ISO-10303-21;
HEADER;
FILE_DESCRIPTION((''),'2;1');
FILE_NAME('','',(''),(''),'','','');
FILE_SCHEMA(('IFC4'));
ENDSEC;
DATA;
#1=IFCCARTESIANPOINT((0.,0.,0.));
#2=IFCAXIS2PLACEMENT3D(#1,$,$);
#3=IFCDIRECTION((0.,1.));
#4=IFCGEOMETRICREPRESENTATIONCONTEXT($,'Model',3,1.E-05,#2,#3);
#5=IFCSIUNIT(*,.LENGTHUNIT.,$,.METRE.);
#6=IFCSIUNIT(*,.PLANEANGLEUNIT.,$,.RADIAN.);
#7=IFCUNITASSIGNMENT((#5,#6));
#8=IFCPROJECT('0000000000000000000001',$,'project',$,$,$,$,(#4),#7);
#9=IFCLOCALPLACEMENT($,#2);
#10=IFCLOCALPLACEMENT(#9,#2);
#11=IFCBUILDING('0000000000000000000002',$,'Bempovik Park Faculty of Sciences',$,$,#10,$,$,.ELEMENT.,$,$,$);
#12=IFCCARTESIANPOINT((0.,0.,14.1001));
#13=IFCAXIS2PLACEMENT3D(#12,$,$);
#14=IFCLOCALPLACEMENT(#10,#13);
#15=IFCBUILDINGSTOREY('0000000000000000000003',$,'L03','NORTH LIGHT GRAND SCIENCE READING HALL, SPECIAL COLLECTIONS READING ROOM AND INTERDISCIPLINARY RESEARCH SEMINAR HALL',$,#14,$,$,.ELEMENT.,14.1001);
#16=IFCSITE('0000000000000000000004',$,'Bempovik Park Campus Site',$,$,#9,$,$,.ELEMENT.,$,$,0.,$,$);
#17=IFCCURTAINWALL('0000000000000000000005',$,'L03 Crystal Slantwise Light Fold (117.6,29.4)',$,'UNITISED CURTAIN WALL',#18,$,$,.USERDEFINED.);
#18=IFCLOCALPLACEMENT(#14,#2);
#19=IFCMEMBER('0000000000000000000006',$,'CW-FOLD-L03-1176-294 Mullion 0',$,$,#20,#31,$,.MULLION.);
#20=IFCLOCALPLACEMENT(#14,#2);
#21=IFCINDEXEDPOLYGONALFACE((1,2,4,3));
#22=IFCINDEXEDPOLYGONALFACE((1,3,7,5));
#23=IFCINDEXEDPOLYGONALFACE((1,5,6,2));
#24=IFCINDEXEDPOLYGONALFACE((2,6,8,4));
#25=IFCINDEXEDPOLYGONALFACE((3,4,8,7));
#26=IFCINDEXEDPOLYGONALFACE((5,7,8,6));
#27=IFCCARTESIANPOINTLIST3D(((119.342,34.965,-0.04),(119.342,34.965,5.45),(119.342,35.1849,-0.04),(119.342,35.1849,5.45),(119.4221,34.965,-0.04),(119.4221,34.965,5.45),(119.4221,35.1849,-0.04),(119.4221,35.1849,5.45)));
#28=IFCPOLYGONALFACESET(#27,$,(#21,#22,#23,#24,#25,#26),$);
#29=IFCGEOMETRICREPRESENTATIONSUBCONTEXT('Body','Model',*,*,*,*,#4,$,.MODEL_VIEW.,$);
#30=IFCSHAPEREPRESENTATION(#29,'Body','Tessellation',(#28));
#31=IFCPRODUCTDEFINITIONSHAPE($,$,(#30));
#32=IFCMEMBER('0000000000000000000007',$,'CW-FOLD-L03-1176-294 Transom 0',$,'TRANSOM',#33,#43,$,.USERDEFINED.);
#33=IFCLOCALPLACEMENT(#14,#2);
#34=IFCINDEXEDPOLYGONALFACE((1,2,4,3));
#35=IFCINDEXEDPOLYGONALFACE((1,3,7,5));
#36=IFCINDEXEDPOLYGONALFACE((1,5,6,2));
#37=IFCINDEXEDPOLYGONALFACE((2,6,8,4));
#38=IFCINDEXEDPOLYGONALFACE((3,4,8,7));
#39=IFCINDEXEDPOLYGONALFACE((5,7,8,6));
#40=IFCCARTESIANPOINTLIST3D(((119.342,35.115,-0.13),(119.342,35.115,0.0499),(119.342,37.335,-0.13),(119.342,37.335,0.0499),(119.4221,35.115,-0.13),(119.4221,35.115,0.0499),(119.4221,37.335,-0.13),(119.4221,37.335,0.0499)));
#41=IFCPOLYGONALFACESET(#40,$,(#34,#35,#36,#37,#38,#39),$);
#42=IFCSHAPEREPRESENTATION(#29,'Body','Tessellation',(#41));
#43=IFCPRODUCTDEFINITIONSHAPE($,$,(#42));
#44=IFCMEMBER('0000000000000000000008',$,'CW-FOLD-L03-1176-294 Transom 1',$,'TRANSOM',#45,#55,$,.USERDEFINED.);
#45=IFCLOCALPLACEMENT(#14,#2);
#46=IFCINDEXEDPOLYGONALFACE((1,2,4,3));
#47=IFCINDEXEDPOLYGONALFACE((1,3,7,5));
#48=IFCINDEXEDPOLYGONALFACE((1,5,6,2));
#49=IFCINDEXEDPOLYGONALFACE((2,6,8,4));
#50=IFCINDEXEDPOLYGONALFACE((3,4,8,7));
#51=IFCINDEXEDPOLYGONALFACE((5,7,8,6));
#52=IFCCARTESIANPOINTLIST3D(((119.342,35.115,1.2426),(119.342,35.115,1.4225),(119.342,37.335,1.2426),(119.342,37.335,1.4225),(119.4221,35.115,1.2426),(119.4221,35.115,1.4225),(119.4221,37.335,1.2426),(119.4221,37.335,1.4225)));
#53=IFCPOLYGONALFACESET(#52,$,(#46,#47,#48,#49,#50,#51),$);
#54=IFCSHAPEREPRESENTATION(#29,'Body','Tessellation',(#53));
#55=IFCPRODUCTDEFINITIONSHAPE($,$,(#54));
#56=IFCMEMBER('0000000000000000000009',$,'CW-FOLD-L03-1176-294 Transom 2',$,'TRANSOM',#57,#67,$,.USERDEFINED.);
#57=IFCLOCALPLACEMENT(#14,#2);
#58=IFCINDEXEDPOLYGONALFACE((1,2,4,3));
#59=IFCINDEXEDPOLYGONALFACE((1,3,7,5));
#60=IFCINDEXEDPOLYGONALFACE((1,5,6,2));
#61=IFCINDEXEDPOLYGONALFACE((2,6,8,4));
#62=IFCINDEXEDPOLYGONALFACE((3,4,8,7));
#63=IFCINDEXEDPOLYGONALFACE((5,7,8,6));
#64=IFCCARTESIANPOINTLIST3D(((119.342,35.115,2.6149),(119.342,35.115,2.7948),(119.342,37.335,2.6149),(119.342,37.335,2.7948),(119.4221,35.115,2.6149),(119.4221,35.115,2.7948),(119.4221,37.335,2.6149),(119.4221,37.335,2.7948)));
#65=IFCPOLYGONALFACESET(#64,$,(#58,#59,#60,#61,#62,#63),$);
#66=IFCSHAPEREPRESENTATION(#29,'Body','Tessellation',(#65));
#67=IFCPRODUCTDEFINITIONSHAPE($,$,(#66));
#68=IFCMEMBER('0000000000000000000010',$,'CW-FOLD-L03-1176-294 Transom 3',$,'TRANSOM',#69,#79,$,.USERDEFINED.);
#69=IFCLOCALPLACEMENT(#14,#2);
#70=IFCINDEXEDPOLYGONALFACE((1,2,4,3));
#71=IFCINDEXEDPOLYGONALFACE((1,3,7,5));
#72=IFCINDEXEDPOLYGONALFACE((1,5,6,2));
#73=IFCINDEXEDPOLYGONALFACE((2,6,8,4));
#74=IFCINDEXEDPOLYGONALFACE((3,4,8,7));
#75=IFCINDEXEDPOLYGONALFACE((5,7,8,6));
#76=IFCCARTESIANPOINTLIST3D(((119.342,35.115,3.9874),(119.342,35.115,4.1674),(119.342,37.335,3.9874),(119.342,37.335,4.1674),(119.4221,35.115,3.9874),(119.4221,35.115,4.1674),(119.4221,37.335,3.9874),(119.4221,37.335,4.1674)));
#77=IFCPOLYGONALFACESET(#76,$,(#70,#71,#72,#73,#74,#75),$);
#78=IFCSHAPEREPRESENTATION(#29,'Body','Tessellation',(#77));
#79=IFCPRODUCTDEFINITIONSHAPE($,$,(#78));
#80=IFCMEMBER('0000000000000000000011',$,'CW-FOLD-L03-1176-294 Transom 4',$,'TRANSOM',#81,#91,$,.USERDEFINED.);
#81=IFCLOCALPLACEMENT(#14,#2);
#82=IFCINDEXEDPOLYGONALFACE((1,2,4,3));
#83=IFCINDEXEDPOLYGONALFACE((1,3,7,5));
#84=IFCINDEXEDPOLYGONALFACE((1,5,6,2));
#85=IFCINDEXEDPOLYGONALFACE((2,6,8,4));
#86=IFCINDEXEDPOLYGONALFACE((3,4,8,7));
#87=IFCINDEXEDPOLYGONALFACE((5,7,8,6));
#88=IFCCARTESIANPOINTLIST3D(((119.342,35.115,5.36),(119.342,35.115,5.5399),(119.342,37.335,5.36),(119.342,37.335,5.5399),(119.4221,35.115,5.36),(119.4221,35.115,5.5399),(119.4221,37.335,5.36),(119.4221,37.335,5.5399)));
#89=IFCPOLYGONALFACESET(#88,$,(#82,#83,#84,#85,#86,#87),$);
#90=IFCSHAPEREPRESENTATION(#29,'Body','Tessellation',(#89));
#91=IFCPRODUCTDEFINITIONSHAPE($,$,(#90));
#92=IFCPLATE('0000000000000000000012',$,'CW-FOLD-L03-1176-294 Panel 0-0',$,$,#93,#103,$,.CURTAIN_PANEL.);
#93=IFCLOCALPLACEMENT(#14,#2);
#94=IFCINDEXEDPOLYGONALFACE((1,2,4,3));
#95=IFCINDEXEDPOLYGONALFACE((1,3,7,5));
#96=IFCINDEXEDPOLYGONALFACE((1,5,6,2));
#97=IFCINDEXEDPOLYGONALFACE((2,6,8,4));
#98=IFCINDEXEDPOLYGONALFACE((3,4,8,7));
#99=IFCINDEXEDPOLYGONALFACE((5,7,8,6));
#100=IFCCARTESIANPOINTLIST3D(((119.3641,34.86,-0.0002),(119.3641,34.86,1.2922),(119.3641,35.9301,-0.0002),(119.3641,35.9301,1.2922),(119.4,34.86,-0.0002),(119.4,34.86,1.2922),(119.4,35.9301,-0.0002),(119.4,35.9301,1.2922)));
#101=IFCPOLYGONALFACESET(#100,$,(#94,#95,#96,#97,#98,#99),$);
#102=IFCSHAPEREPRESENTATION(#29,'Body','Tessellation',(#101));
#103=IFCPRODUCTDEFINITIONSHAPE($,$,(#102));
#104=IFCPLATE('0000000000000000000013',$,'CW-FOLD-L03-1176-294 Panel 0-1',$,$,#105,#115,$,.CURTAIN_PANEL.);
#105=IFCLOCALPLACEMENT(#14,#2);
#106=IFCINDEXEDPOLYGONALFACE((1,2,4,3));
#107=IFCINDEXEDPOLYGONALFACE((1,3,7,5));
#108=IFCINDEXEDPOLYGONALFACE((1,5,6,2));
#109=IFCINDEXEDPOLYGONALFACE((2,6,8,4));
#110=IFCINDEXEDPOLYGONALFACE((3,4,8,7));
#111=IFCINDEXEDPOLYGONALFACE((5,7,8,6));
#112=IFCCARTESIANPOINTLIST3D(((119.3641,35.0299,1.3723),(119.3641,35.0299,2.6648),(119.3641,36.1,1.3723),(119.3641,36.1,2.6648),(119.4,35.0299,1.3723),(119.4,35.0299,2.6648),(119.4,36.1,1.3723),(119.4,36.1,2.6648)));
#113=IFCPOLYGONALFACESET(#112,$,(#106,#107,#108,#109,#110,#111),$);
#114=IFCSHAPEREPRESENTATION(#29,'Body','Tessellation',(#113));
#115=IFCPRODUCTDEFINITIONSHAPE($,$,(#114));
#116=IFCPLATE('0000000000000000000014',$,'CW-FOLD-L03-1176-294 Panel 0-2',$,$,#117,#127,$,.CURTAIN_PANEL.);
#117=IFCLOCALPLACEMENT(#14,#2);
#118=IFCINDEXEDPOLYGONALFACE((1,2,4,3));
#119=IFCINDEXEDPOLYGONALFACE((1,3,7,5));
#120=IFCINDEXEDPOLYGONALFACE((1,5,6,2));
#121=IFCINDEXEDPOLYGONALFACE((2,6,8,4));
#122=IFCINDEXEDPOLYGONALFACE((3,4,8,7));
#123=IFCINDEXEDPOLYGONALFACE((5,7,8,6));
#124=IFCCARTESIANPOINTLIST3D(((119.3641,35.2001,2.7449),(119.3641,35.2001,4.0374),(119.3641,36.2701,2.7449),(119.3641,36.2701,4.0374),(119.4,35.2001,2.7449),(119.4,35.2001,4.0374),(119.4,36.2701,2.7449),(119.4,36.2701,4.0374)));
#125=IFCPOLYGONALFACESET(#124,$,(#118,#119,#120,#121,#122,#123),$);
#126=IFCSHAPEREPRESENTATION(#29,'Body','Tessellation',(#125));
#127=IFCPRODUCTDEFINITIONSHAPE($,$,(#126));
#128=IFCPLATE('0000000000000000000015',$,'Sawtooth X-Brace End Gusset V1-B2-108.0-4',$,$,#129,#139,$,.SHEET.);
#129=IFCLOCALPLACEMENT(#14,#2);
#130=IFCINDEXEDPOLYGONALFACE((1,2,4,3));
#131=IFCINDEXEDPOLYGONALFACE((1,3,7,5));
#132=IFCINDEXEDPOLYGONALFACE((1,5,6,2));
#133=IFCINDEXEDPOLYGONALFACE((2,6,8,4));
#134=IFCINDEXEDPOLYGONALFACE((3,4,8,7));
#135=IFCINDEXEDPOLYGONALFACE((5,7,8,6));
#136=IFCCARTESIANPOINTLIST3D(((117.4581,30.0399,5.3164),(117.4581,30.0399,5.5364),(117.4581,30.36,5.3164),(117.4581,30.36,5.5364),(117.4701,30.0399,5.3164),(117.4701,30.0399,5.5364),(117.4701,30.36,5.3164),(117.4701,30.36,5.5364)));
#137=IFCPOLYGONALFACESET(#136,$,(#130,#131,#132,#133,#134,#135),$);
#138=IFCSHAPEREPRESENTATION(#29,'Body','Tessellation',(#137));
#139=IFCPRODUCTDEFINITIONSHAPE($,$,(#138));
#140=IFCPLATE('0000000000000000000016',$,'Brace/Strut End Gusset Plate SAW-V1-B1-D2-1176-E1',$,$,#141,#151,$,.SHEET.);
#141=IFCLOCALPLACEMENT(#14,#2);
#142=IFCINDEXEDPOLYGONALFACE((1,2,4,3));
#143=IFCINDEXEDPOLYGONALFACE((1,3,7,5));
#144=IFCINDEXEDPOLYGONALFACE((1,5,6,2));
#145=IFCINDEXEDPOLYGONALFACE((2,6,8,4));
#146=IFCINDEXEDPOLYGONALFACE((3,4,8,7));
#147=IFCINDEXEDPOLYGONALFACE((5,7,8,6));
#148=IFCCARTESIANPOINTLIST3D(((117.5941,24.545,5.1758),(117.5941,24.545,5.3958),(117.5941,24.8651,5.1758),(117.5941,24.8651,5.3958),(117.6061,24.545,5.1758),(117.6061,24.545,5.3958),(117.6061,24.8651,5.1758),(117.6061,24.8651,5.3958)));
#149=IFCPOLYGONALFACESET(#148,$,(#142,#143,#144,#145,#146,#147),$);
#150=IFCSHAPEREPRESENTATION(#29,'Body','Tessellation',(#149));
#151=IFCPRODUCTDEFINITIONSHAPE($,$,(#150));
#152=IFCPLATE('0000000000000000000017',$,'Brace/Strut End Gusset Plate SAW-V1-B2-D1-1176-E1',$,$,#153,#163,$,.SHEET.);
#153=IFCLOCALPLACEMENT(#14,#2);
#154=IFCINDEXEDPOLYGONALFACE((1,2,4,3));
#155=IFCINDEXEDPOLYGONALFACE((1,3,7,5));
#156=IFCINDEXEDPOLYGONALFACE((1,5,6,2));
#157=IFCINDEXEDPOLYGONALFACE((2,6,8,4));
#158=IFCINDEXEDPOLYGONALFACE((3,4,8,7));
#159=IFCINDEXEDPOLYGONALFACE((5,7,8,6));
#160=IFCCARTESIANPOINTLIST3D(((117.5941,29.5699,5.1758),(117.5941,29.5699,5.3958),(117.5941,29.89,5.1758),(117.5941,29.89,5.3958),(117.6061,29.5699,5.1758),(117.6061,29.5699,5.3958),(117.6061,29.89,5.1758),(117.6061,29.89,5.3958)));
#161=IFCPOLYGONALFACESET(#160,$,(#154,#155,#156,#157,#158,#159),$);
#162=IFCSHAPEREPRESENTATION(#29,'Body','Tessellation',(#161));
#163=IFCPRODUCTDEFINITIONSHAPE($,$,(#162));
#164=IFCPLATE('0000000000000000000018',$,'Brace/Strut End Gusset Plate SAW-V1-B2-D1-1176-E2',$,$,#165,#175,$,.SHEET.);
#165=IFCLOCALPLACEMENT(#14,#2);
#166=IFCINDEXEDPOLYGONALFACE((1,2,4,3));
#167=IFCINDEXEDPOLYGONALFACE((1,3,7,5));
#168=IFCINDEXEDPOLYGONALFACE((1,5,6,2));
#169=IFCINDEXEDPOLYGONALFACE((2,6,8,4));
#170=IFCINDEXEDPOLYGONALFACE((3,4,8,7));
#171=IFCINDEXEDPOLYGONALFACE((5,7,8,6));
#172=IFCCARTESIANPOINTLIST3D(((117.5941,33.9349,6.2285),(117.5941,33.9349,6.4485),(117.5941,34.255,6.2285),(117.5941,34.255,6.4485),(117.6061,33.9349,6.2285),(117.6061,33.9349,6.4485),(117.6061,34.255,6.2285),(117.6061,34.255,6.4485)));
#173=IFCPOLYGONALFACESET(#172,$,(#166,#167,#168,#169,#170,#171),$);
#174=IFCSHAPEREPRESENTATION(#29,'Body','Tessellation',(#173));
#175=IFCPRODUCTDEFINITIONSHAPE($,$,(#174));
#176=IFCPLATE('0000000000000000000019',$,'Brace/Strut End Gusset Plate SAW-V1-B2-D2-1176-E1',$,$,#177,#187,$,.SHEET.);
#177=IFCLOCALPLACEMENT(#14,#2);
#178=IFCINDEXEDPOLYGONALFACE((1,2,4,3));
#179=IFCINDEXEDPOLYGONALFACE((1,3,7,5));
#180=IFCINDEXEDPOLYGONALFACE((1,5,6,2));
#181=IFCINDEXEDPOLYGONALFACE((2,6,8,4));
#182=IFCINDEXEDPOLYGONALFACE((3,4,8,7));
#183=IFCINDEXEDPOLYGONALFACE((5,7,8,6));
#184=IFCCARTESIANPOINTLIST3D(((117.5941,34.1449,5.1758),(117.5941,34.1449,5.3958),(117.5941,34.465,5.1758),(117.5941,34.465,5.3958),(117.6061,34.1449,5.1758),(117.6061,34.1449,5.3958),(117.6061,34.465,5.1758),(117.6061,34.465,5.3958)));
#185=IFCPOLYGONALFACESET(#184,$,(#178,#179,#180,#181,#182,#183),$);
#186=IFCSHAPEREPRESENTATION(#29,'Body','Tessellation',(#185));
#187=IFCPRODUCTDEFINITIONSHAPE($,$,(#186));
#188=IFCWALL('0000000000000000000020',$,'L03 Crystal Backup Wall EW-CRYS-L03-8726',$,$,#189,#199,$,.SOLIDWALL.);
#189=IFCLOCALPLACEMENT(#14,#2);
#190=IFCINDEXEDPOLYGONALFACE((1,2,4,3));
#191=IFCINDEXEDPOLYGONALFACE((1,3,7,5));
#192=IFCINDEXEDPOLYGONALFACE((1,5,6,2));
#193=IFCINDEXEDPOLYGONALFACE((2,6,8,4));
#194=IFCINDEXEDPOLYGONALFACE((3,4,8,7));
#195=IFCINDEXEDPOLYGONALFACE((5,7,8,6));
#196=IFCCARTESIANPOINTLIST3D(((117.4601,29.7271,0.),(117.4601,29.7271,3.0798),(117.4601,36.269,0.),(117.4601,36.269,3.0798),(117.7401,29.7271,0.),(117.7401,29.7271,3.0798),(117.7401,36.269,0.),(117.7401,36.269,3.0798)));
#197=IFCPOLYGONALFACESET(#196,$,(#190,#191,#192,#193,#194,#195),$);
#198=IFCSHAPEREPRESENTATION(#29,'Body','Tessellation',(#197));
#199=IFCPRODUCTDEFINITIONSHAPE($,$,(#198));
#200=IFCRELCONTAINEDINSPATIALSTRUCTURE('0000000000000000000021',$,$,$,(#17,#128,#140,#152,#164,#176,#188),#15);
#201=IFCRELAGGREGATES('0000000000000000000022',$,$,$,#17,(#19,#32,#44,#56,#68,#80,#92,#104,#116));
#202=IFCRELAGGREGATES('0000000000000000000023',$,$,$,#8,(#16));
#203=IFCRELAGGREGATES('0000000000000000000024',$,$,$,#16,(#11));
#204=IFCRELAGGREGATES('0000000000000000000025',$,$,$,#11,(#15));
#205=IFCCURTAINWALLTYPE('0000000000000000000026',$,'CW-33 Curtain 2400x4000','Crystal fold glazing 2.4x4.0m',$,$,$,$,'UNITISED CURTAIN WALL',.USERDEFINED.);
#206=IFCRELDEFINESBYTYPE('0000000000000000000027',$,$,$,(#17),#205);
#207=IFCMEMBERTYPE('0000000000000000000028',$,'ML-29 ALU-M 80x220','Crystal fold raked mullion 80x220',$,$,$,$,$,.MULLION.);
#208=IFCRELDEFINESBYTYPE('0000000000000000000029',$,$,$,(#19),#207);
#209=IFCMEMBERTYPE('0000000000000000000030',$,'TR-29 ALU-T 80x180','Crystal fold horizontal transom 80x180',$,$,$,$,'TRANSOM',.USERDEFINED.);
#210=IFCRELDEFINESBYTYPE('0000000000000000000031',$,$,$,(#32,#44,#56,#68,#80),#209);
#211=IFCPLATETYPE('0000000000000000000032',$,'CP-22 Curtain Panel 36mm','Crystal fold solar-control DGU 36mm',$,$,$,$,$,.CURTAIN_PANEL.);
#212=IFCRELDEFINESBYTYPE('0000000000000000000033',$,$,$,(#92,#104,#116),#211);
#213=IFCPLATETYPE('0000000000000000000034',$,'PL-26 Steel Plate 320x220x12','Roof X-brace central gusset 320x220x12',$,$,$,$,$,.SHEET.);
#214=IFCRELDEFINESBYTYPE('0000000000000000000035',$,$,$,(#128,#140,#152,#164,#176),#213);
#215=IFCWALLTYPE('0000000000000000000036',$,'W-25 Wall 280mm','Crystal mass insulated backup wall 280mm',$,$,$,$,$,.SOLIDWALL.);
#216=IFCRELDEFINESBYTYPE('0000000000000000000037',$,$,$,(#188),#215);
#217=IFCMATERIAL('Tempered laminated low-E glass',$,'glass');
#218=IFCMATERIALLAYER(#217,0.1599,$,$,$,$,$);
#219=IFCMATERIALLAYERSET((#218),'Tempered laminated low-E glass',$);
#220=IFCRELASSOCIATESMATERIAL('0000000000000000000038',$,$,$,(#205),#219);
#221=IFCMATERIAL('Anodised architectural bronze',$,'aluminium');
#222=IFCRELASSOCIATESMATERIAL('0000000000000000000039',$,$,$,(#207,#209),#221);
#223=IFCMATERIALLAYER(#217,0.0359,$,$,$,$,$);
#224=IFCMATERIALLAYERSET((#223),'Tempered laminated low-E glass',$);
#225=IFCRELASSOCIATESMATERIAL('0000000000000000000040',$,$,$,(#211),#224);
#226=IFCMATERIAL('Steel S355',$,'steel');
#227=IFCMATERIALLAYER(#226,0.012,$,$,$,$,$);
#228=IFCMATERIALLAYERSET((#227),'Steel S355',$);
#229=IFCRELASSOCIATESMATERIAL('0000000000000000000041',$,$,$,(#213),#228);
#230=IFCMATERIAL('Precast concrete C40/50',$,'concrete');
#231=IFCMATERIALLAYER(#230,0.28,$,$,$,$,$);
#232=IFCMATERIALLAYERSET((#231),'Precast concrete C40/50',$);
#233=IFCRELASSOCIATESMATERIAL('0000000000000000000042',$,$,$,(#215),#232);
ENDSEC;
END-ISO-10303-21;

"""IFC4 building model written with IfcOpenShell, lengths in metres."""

from ifc_helpers import new_model, si_unit, direction, frame, frame_2d, origin, origin_2d, place, context, subcontext, project, spatial, rectangle, extrude, material, layer, layer_set, material_profile, profile_set, type_object, element, aggregate, save


model = new_model("IFC4")

# Units and contexts
model_context = context("Model", 3, precision=1e-05, world=origin(), true_north=direction((0.0, 1.0)))
body_context = subcontext(model_context, "Body", "Model", "MODEL_VIEW")
ifc_project = project(units=[si_unit("LENGTHUNIT", "METRE"), si_unit("PLANEANGLEUNIT", "RADIAN")], contexts=[model_context])

# Site, building, storey
site_placement = place(None, origin())
site = spatial("IfcSite", under=ifc_project, at=site_placement, Name="Bempovik Park Campus Site", CompositionType="ELEMENT", RefElevation=0.0)
building_placement = place(site_placement, origin())
building = spatial("IfcBuilding", under=site, at=building_placement, Name="Bempovik Park Faculty of Sciences", CompositionType="ELEMENT")
storey_placement = place(building_placement, frame((0.0, 0.0, 14.1001)))
storey = spatial("IfcBuildingStorey", under=building, at=storey_placement, Name="L03", Description="NORTH LIGHT GRAND SCIENCE READING HALL, SPECIAL COLLECTIONS READING ROOM AND INTERDISCIPLINARY RESEARCH SEMINAR HALL", CompositionType="ELEMENT", Elevation=14.1001)

# Shared definitions
ifc_material_1 = material(Name="Steel S355", Category="steel")

# Curtain wall, members, plates
ifc_material_2 = material(Name="Tempered laminated low-E glass", Category="glass")
ifc_layer_1 = layer(ifc_material_2, 0.1599)
ifc_layer_set_1 = layer_set([ifc_layer_1], Name="Tempered laminated low-E glass")
curtain_wall_type = type_object("IfcCurtainWallType", Name="CW-33 Curtain 2400x4000", Description="Crystal fold glazing 2.4x4.0m", ElementType="UNITISED CURTAIN WALL", PredefinedType="USERDEFINED", material=ifc_layer_set_1)
curtain_wall_placement = place(storey_placement, origin())
curtain_wall = element("IfcCurtainWall", 1, at=curtain_wall_placement, inside=storey, type_object=curtain_wall_type, Name="L03 Crystal Slantwise Light Fold (117.6,29.4)", ObjectType="UNITISED CURTAIN WALL", PredefinedType="USERDEFINED")
ifc_material_3 = material(Name="Anodised architectural bronze", Category="aluminium")
ifc_material_profile_1 = material_profile(ifc_material_3, rectangle(XDim=0.0801, YDim=0.22, at=origin_2d()), Name="ALU-M 80x220")
ifc_profile_set_1 = profile_set([ifc_material_profile_1], Name="Anodised architectural bronze")
member_type_1 = type_object("IfcMemberType", Name="ML-29 ALU-M 80x220", Description="Crystal fold raked mullion 80x220", PredefinedType="MULLION", material=ifc_profile_set_1)
member_1_placement = place(storey_placement, frame((119.3821, 35.075, -0.04), z_axis=(0.0, 0.0, 1.0), x_axis=(1.0, 0.0, 0.0)))
member_1 = element("IfcMember", 2, at=member_1_placement, type_object=member_type_1, Name="CW-FOLD-L03-1176-294 Mullion 0", PredefinedType="MULLION", context=body_context, shape_type="SweptSolid", body=[
    extrude(rectangle(XDim=0.0801, YDim=0.22, at=origin_2d()), origin(), (0.0, 0.0, 1.0), 5.49),
])
ifc_material_profile_2 = material_profile(ifc_material_3, rectangle(XDim=0.0801, YDim=0.1799, at=origin_2d()), Name="ALU-T 80x180")
ifc_profile_set_2 = profile_set([ifc_material_profile_2], Name="Anodised architectural bronze")
member_type_2 = type_object("IfcMemberType", Name="TR-29 ALU-T 80x180", Description="Crystal fold horizontal transom 80x180", ElementType="TRANSOM", PredefinedType="USERDEFINED", material=ifc_profile_set_2)
member_2_placement = place(storey_placement, frame((119.3821, 35.115, -0.04), z_axis=(0.0, 1.0, 0.0), x_axis=(-1.0, 0.0, 0.0)))
member_2 = element("IfcMember", 3, at=member_2_placement, type_object=member_type_2, Name="CW-FOLD-L03-1176-294 Transom 0", ObjectType="TRANSOM", PredefinedType="USERDEFINED", context=body_context, shape_type="SweptSolid", body=[
    extrude(rectangle(XDim=0.0801, YDim=0.1799, at=origin_2d()), origin(), (0.0, 0.0, 1.0), 2.22),
])
member_3_placement = place(storey_placement, frame((119.3821, 35.115, 1.3325), z_axis=(0.0, 1.0, 0.0), x_axis=(-1.0, 0.0, 0.0)))
member_3 = element("IfcMember", 4, at=member_3_placement, type_object=member_type_2, Name="CW-FOLD-L03-1176-294 Transom 1", ObjectType="TRANSOM", PredefinedType="USERDEFINED", context=body_context, shape_type="SweptSolid", body=[
    extrude(rectangle(XDim=0.0801, YDim=0.1799, at=origin_2d()), origin(), (0.0, 0.0, 1.0), 2.22),
])
member_4_placement = place(storey_placement, frame((119.3821, 35.115, 2.7048), z_axis=(0.0, 1.0, 0.0), x_axis=(-1.0, 0.0, 0.0)))
member_4 = element("IfcMember", 5, at=member_4_placement, type_object=member_type_2, Name="CW-FOLD-L03-1176-294 Transom 2", ObjectType="TRANSOM", PredefinedType="USERDEFINED", context=body_context, shape_type="SweptSolid", body=[
    extrude(rectangle(XDim=0.0801, YDim=0.1799, at=origin_2d()), origin(), (0.0, 0.0, 1.0), 2.22),
])
member_5_placement = place(storey_placement, frame((119.3821, 35.115, 4.0774), z_axis=(0.0, 1.0, 0.0), x_axis=(-1.0, 0.0, 0.0)))
member_5 = element("IfcMember", 6, at=member_5_placement, type_object=member_type_2, Name="CW-FOLD-L03-1176-294 Transom 3", ObjectType="TRANSOM", PredefinedType="USERDEFINED", context=body_context, shape_type="SweptSolid", body=[
    extrude(rectangle(XDim=0.0801, YDim=0.1799, at=origin_2d()), origin(), (0.0, 0.0, 1.0), 2.22),
])
member_6_placement = place(storey_placement, frame((119.3821, 35.115, 5.45), z_axis=(0.0, 1.0, 0.0), x_axis=(-1.0, 0.0, 0.0)))
member_6 = element("IfcMember", 7, at=member_6_placement, type_object=member_type_2, Name="CW-FOLD-L03-1176-294 Transom 4", ObjectType="TRANSOM", PredefinedType="USERDEFINED", context=body_context, shape_type="SweptSolid", body=[
    extrude(rectangle(XDim=0.0801, YDim=0.1799, at=origin_2d()), origin(), (0.0, 0.0, 1.0), 2.22),
])
ifc_layer_2 = layer(ifc_material_2, 0.0359)
ifc_layer_set_2 = layer_set([ifc_layer_2], Name="Tempered laminated low-E glass")
plate_type_1 = type_object("IfcPlateType", Name="CP-22 Curtain Panel 36mm", Description="Crystal fold solar-control DGU 36mm", PredefinedType="CURTAIN_PANEL", material=ifc_layer_set_2)
plate_1_placement = place(storey_placement, frame((119.3821, 35.395, -0.0002), z_axis=(0.0, 0.0, 1.0), x_axis=(0.0, 1.0, 0.0)))
plate_1 = element("IfcPlate", 8, at=plate_1_placement, type_object=plate_type_1, Name="CW-FOLD-L03-1176-294 Panel 0-0", PredefinedType="CURTAIN_PANEL", context=body_context, shape_type="SweptSolid", body=[
    extrude(rectangle(XDim=1.0701, YDim=0.0359, at=origin_2d()), origin(), (0.0, 0.0, 1.0), 1.2925),
])
plate_2_placement = place(storey_placement, frame((119.3821, 35.5649, 1.3723), z_axis=(0.0, 0.0, 1.0), x_axis=(0.0, 1.0, 0.0)))
plate_2 = element("IfcPlate", 9, at=plate_2_placement, type_object=plate_type_1, Name="CW-FOLD-L03-1176-294 Panel 0-1", PredefinedType="CURTAIN_PANEL", context=body_context, shape_type="SweptSolid", body=[
    extrude(rectangle(XDim=1.0701, YDim=0.0359, at=origin_2d()), origin(), (0.0, 0.0, 1.0), 1.2925),
])
plate_3_placement = place(storey_placement, frame((119.3821, 35.7351, 2.7449), z_axis=(0.0, 0.0, 1.0), x_axis=(0.0, 1.0, 0.0)))
plate_3 = element("IfcPlate", 10, at=plate_3_placement, type_object=plate_type_1, Name="CW-FOLD-L03-1176-294 Panel 0-2", PredefinedType="CURTAIN_PANEL", context=body_context, shape_type="SweptSolid", body=[
    extrude(rectangle(XDim=1.0701, YDim=0.0359, at=origin_2d()), origin(), (0.0, 0.0, 1.0), 1.2925),
])
aggregate(curtain_wall, [member_1, member_2, member_3, member_4, member_5, member_6, plate_1, plate_2, plate_3])

# Plates
ifc_layer_3 = layer(ifc_material_1, 0.012)
ifc_layer_set_3 = layer_set([ifc_layer_3], Name="Steel S355")
plate_type_2 = type_object("IfcPlateType", Name="PL-26 Steel Plate 320x220x12", Description="Roof X-brace central gusset 320x220x12", PredefinedType="SHEET", material=ifc_layer_set_3)
for number, where, z_axis, x_axis, name in (
    (11, (117.4641, 30.2, 5.3164), (0.0, 0.0, 1.0), (1.0, 0.0, 0.0), "Sawtooth X-Brace End Gusset V1-B2-108.0-4"),
    (12, (117.6001, 24.7051, 5.1758), (0.0, 0.0, 1.0), (1.0, 0.0, 0.0), "Brace/Strut End Gusset Plate SAW-V1-B1-D2-1176-E1"),
    (13, (117.6001, 29.73, 5.1758), (0.0, 0.0, 1.0), (1.0, 0.0, 0.0), "Brace/Strut End Gusset Plate SAW-V1-B2-D1-1176-E1"),
    (14, (117.6001, 34.095, 6.2285), (0.0, 0.0, 1.0), (1.0, 0.0, 0.0), "Brace/Strut End Gusset Plate SAW-V1-B2-D1-1176-E2"),
    (15, (117.6001, 34.3049, 5.1758), (0.0, 0.0, 1.0), (1.0, 0.0, 0.0), "Brace/Strut End Gusset Plate SAW-V1-B2-D2-1176-E1"),
):
    element("IfcPlate", number, at=place(storey_placement, frame(where, z_axis=z_axis, x_axis=x_axis)), inside=storey, type_object=plate_type_2, Name=name, PredefinedType="SHEET", context=body_context, shape_type="SweptSolid", body=[
        extrude(rectangle(XDim=0.012, YDim=0.3201, at=origin_2d()), origin(), (0.0, 0.0, 1.0), 0.22),
    ])

# Wall
ifc_material_4 = material(Name="Precast concrete C40/50", Category="concrete")
ifc_layer_4 = layer(ifc_material_4, 0.28)
ifc_layer_set_4 = layer_set([ifc_layer_4], Name="Precast concrete C40/50")
wall_type = type_object("IfcWallType", Name="W-25 Wall 280mm", Description="Crystal mass insulated backup wall 280mm", PredefinedType="SOLIDWALL", material=ifc_layer_set_4)
wall_placement = place(storey_placement, frame((117.6001, 29.7271, 0.0), z_axis=(0.0, 0.0, 1.0), x_axis=(0.0, 1.0, 0.0)))
element("IfcWall", 16, at=wall_placement, inside=storey, type_object=wall_type, Name="L03 Crystal Backup Wall EW-CRYS-L03-8726", PredefinedType="SOLIDWALL", context=body_context, shape_type="SweptSolid", body=[
    extrude(rectangle(XDim=6.542, YDim=0.28, at=frame_2d((3.271, 0.0))), origin(), (0.0, 0.0, 1.0), 3.0798),
])

save(model, "model.ifc")
